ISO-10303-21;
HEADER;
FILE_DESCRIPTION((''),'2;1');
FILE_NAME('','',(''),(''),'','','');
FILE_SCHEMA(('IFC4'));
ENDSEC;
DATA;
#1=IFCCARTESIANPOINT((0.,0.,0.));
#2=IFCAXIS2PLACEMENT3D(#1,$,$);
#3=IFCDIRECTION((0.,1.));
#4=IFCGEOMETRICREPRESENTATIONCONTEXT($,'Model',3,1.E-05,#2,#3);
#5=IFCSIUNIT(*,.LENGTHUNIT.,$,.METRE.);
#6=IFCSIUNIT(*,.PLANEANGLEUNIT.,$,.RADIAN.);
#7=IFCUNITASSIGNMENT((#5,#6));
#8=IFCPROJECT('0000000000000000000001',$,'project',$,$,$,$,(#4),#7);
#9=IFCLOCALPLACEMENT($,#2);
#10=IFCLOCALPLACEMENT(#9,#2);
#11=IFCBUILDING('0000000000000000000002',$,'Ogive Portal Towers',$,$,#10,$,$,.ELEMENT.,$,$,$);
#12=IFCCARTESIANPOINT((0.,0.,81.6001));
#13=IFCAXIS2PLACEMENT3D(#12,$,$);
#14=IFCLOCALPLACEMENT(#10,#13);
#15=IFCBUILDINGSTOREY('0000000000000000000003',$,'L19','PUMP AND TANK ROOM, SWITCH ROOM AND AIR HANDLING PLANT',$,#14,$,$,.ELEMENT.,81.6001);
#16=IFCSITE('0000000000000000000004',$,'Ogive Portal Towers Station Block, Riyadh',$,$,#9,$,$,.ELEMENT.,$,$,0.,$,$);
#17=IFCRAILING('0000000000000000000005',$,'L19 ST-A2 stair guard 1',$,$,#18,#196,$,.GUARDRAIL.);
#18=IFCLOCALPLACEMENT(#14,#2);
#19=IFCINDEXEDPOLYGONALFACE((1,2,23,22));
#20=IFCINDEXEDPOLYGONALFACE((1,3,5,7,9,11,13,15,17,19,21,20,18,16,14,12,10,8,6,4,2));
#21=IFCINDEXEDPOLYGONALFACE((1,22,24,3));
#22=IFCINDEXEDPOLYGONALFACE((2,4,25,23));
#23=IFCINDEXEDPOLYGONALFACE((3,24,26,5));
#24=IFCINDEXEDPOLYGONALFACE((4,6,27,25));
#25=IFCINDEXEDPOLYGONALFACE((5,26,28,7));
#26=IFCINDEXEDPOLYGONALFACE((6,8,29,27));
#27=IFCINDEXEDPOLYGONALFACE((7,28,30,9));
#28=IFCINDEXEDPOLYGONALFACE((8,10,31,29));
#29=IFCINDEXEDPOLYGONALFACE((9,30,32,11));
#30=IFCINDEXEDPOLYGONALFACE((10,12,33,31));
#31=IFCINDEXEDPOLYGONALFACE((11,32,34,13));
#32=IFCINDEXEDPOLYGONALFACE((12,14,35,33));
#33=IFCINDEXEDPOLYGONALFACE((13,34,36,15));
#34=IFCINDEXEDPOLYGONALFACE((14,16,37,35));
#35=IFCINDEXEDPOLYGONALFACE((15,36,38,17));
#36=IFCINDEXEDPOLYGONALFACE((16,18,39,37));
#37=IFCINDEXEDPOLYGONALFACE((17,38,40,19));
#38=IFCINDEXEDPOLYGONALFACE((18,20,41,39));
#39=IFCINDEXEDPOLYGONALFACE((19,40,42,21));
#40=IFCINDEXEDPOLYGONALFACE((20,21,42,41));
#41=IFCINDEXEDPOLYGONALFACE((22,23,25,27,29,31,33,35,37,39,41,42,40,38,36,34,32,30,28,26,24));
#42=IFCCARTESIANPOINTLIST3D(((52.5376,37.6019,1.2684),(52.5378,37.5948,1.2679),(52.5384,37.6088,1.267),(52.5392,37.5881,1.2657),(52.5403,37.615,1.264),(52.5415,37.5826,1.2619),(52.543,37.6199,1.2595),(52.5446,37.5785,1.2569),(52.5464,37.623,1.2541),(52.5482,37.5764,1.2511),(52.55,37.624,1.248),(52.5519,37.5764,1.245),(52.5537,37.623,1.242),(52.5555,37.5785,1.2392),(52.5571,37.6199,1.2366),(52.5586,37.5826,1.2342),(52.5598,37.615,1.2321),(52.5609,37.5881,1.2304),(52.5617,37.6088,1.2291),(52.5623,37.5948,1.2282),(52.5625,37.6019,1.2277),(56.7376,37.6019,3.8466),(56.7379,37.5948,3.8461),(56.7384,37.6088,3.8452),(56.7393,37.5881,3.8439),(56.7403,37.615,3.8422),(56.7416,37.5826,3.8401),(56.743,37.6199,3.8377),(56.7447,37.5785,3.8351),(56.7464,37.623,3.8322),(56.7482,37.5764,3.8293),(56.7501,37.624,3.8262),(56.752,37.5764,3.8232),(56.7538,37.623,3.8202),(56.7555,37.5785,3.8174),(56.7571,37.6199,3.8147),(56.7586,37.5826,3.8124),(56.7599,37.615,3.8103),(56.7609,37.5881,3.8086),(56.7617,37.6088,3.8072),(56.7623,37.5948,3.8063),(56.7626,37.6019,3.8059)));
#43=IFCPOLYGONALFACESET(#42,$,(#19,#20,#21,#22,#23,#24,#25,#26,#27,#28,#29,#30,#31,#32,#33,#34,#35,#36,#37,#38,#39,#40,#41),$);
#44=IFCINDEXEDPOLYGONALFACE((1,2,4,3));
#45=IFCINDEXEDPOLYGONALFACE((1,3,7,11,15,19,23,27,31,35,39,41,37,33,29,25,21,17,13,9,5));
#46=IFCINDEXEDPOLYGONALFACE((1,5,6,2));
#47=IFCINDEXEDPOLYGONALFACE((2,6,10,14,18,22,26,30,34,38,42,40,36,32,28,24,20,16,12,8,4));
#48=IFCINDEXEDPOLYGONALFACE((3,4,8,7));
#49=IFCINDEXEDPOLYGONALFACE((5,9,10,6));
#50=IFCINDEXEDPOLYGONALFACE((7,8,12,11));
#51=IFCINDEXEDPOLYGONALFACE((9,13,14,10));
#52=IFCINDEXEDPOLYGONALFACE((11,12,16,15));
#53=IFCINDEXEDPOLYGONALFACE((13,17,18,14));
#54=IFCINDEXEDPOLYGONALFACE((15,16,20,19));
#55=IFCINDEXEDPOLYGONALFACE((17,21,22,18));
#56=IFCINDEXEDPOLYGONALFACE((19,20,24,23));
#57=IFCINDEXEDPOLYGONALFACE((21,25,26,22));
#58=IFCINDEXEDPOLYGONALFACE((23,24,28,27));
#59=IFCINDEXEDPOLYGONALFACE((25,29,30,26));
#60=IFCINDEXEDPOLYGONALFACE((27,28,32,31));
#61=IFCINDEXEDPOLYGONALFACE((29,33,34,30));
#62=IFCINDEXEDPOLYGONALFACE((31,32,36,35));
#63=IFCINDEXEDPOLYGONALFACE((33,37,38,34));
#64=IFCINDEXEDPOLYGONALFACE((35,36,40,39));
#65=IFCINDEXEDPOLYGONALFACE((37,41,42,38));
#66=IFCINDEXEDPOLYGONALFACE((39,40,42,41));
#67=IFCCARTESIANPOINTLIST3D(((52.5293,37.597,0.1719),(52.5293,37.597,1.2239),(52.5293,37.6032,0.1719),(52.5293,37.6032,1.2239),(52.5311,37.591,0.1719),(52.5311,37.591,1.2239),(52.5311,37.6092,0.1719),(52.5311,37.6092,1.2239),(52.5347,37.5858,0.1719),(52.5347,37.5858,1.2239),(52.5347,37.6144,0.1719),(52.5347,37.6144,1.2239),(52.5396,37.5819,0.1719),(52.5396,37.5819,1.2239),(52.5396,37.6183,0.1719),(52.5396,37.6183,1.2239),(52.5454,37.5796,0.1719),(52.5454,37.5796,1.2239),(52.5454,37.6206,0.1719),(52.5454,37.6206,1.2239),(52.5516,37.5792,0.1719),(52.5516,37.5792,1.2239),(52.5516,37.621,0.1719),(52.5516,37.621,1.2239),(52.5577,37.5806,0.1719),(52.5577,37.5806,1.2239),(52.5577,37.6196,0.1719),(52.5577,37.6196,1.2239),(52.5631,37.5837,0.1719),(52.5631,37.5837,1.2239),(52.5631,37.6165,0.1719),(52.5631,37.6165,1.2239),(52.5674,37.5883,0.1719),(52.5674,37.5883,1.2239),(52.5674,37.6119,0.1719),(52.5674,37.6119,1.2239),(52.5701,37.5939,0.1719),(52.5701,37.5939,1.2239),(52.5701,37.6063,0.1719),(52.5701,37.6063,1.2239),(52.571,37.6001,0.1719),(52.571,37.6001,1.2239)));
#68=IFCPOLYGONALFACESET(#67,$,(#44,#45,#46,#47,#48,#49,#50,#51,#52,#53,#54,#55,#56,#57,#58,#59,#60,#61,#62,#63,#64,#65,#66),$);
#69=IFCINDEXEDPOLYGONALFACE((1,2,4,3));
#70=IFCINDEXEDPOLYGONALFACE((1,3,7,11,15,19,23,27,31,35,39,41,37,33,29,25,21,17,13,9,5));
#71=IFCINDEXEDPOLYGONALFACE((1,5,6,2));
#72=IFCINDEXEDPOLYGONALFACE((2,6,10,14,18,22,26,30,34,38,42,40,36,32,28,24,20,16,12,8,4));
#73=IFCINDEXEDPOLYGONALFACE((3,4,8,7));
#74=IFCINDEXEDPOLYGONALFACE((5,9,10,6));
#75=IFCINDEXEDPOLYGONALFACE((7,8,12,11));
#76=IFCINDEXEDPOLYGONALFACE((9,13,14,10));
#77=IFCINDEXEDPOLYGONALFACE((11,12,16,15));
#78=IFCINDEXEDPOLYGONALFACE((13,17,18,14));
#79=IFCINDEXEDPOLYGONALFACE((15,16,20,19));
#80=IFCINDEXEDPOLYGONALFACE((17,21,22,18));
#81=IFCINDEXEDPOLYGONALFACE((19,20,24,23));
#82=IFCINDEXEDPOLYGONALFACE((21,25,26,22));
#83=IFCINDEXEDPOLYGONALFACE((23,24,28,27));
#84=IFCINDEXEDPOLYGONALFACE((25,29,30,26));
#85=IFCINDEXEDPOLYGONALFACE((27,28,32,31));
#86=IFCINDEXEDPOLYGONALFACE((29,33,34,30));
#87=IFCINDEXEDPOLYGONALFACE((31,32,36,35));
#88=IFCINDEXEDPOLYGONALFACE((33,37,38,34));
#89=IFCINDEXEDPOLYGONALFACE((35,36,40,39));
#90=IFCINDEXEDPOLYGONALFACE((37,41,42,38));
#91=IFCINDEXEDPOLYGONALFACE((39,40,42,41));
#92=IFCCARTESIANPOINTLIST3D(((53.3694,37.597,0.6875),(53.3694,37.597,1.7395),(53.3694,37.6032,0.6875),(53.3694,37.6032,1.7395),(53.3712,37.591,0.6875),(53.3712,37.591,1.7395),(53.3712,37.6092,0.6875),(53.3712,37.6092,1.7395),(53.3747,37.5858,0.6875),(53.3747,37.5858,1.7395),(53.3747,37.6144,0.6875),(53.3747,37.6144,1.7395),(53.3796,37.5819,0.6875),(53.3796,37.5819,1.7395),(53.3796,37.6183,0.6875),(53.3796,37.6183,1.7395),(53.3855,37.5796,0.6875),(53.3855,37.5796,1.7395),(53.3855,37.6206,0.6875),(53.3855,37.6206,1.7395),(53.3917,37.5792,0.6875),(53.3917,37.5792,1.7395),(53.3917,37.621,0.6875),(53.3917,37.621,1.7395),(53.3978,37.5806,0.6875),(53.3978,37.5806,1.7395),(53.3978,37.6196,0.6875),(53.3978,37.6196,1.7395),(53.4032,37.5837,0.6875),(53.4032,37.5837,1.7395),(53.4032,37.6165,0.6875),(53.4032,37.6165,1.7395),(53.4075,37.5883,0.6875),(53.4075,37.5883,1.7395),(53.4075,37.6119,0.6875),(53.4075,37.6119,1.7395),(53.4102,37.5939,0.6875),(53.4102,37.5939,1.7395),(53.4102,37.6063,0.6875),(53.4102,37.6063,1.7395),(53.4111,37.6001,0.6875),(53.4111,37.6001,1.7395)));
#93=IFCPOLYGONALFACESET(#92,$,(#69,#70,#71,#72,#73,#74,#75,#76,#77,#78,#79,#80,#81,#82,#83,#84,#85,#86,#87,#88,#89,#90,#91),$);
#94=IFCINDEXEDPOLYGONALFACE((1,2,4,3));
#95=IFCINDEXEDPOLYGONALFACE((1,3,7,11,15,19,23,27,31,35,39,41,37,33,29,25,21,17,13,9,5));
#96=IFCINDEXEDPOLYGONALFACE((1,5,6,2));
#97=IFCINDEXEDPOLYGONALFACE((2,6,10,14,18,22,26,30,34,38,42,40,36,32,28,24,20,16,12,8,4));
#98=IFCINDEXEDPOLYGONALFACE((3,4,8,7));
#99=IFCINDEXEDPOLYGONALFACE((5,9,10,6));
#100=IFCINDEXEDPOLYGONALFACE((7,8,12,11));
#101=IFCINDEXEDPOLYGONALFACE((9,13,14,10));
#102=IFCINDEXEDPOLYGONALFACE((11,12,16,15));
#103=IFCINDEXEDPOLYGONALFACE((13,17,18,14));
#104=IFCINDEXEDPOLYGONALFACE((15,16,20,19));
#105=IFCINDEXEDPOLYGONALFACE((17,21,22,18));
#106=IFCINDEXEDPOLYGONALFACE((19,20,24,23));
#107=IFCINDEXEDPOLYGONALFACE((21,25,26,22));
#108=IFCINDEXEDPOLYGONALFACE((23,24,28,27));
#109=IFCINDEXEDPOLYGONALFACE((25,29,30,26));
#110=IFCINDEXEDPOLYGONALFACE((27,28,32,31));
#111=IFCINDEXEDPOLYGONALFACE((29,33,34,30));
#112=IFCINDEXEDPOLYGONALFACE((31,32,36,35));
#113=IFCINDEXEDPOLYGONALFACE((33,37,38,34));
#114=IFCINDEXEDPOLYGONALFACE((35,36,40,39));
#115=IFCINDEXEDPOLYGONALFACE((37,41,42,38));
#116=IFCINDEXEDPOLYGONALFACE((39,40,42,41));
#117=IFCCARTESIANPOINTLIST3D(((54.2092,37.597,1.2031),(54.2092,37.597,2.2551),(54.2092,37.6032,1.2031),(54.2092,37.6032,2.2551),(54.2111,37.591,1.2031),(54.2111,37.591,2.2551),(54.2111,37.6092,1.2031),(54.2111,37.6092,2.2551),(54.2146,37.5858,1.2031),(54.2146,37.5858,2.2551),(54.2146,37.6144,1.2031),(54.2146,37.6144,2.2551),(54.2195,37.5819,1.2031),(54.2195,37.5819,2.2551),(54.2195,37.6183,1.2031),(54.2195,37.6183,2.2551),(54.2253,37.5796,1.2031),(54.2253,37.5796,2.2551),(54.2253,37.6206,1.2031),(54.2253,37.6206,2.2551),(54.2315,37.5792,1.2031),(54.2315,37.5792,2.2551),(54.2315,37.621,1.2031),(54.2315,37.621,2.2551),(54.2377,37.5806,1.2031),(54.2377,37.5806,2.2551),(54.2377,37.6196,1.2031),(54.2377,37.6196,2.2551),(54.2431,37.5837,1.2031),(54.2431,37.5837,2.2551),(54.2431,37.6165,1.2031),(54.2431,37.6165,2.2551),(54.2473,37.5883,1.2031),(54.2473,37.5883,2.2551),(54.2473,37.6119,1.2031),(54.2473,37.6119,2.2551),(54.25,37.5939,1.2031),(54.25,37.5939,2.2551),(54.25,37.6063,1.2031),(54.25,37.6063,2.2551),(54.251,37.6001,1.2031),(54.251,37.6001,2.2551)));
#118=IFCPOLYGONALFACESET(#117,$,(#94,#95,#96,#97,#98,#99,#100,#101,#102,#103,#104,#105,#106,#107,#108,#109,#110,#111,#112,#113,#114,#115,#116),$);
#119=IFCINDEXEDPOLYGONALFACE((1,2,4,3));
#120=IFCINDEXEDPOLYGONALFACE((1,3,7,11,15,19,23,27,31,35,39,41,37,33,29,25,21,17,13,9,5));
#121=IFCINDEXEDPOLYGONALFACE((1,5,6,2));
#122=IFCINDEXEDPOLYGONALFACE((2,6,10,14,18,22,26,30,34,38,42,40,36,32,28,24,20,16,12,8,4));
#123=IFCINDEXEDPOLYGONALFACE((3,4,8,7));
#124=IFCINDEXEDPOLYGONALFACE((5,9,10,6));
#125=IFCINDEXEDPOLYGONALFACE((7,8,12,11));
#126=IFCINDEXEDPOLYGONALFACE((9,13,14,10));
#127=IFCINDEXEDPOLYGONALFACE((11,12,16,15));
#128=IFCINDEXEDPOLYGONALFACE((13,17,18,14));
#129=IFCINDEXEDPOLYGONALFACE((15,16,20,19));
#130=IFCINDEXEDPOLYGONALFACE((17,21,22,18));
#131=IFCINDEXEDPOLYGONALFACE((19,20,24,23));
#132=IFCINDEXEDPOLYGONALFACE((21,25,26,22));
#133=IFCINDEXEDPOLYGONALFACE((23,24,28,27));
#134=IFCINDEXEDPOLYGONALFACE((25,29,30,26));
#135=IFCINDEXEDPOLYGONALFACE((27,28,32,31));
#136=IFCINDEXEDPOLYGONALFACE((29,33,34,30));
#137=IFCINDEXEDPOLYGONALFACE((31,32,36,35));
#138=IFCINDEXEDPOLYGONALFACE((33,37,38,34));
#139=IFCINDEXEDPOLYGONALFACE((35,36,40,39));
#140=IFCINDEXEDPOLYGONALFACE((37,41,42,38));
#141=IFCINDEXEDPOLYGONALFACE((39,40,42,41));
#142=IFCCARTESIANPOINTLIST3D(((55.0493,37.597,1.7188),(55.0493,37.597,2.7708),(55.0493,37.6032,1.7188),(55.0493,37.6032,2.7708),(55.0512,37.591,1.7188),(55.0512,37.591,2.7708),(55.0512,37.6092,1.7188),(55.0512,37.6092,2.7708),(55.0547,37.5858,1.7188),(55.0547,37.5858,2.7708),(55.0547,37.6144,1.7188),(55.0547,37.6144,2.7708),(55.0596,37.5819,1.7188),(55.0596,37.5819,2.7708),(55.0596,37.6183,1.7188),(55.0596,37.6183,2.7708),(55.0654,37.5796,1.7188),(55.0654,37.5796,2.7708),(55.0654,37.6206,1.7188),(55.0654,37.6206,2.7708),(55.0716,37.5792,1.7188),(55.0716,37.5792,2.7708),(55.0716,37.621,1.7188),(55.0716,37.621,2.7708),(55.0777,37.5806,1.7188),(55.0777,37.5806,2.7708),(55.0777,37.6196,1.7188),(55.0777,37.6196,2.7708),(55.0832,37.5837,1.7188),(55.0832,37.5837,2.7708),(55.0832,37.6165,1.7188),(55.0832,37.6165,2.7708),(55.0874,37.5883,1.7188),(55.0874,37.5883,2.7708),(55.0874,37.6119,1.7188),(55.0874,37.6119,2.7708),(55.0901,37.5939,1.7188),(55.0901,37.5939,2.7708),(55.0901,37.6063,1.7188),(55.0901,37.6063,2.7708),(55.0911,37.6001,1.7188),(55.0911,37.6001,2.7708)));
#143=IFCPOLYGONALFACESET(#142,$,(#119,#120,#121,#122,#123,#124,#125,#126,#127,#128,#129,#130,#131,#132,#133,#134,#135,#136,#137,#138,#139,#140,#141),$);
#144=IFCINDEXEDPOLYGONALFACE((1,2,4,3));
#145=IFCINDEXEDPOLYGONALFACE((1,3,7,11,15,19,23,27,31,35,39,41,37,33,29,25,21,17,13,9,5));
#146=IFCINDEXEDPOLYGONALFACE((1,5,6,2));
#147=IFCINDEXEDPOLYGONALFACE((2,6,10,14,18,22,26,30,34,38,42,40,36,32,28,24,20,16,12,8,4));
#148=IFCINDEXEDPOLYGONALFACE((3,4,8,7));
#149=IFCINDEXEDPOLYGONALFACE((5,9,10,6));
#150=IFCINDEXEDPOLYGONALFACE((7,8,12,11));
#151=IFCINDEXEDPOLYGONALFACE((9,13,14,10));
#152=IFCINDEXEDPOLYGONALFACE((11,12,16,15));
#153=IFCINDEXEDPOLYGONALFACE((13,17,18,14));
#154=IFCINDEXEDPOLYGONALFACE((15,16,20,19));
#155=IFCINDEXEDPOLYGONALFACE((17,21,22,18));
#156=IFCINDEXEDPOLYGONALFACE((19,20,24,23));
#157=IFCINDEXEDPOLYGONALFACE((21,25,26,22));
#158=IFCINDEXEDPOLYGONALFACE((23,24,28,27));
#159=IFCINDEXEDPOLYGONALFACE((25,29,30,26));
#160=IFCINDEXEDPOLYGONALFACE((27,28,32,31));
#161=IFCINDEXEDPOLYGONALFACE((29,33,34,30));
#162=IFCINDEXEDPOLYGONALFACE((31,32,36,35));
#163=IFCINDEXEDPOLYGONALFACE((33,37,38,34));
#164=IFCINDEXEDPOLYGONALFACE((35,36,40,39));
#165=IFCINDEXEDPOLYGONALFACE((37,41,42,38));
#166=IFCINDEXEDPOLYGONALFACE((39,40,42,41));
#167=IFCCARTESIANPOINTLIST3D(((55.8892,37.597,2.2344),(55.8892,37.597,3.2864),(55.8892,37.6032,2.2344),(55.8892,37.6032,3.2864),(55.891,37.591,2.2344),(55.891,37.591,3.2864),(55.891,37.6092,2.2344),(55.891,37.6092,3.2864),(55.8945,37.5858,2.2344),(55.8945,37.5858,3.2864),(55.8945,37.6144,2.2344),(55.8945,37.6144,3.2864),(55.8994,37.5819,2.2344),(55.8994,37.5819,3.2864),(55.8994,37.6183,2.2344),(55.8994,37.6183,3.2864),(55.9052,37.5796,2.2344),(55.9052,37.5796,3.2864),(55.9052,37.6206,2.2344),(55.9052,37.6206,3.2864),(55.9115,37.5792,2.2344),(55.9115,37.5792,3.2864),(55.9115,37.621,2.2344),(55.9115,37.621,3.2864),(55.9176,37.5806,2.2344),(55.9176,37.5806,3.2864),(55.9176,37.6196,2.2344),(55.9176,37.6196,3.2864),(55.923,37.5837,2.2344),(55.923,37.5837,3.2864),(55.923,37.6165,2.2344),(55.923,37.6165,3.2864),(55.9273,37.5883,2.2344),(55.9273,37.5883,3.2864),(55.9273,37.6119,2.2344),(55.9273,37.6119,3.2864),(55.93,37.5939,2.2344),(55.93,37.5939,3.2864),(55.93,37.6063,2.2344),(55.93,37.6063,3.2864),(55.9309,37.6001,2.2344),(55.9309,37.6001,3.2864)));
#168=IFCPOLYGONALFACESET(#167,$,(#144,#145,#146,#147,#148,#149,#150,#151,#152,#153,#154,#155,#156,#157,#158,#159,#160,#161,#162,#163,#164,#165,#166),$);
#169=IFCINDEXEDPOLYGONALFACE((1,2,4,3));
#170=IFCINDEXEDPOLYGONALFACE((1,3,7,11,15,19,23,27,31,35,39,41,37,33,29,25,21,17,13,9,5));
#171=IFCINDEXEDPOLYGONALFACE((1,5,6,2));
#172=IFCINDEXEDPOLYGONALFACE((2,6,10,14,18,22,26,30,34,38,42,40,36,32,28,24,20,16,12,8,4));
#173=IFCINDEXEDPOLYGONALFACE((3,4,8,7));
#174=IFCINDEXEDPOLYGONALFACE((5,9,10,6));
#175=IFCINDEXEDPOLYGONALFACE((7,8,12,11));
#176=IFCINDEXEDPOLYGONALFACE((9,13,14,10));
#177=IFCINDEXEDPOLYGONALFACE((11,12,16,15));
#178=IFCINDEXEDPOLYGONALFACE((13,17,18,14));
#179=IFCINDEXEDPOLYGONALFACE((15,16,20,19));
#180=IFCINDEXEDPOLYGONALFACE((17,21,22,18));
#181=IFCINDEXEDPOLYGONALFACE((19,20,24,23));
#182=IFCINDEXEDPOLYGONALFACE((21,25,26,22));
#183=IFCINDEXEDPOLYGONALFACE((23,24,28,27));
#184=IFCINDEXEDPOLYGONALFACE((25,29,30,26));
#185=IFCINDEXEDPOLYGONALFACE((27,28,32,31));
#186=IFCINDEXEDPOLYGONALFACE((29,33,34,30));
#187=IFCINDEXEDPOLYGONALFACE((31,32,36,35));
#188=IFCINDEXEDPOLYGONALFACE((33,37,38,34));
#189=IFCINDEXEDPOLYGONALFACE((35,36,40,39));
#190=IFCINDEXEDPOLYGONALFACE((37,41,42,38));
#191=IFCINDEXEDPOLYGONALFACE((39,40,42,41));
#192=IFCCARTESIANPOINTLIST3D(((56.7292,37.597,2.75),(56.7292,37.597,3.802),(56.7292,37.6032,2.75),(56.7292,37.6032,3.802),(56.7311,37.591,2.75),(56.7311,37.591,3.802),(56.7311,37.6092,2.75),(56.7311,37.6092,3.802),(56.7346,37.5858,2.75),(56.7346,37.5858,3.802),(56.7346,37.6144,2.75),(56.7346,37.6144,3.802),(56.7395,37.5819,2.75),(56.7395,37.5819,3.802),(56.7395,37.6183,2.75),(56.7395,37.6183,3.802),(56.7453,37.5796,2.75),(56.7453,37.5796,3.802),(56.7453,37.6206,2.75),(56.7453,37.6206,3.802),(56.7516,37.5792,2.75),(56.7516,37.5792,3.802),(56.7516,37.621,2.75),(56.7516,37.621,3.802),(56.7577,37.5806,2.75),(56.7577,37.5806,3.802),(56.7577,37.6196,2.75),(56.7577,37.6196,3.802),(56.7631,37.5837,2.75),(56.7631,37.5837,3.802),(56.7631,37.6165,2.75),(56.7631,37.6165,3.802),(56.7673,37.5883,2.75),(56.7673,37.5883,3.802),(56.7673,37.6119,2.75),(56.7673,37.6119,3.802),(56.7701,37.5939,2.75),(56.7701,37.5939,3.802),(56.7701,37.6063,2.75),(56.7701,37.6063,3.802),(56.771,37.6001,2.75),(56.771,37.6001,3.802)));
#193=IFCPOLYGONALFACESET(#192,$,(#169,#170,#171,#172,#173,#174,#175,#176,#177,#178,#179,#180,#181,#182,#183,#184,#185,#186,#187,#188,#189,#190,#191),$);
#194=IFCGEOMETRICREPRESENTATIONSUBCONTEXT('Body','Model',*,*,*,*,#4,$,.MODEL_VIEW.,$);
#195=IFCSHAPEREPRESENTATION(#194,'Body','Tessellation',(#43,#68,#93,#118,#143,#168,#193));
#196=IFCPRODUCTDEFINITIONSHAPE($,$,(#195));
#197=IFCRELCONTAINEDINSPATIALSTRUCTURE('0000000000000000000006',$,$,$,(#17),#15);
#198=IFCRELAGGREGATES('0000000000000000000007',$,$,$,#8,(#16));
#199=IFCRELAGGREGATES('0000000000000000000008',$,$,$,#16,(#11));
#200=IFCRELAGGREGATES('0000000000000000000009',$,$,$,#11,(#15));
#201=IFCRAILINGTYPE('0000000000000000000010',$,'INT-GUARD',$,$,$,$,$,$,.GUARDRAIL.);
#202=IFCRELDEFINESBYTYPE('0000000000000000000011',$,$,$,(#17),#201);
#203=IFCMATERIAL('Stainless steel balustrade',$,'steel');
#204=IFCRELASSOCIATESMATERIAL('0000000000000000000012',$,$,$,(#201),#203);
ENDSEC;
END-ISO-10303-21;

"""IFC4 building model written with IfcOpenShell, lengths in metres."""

from ifc_helpers import new_model, si_unit, direction, frame, origin, origin_2d, place, context, subcontext, project, spatial, circle, extrude, material, type_object, element, save


model = new_model("IFC4")

# Units and contexts
model_context = context("Model", 3, precision=1e-05, world=origin(), true_north=direction((0.0, 1.0)))
body_context = subcontext(model_context, "Body", "Model", "MODEL_VIEW")
ifc_project = project(units=[si_unit("LENGTHUNIT", "METRE"), si_unit("PLANEANGLEUNIT", "RADIAN")], contexts=[model_context])

# Site, building, storey
site_placement = place(None, origin())
site = spatial("IfcSite", under=ifc_project, at=site_placement, Name="Ogive Portal Towers Station Block, Riyadh", CompositionType="ELEMENT", RefElevation=0.0)
building_placement = place(site_placement, origin())
building = spatial("IfcBuilding", under=site, at=building_placement, Name="Ogive Portal Towers", CompositionType="ELEMENT")
storey_placement = place(building_placement, frame((0.0, 0.0, 81.6001)))
storey = spatial("IfcBuildingStorey", under=building, at=storey_placement, Name="L19", Description="PUMP AND TANK ROOM, SWITCH ROOM AND AIR HANDLING PLANT", CompositionType="ELEMENT", Elevation=81.6001)

# Railing
ifc_material_1 = material(Name="Stainless steel balustrade", Category="steel")
railing_type_1 = type_object("IfcRailingType", Name="INT-GUARD", PredefinedType="GUARDRAIL", material=ifc_material_1)
railing_1_placement = place(storey_placement, frame((52.55, 37.6001, 0.1719)))
element("IfcRailing", 1, at=railing_1_placement, inside=storey, type_object=railing_type_1, Name="L19 ST-A2 stair guard 1", PredefinedType="GUARDRAIL", context=body_context, shape_type="SweptSolid", body=[
    extrude(circle(Radius=0.0239, at=origin_2d()), frame((0.0, 0.0, 1.0762), z_axis=(0.852243, 0.0, 0.523146), x_axis=(0.0, 1.0, 0.0)), (0.0, 0.0, 1.0), 4.9282),
    extrude(circle(Radius=0.021, at=origin_2d()), origin(), (0.0, 0.0, 1.0), 1.052),
    extrude(circle(Radius=0.021, at=origin_2d()), frame((0.8401, 0.0, 0.5156)), (0.0, 0.0, 1.0), 1.052),
    extrude(circle(Radius=0.021, at=origin_2d()), frame((1.6799, 0.0, 1.0312)), (0.0, 0.0, 1.0), 1.052),
    extrude(circle(Radius=0.021, at=origin_2d()), frame((2.52, 0.0, 1.5469)), (0.0, 0.0, 1.0), 1.052),
    extrude(circle(Radius=0.021, at=origin_2d()), frame((3.3599, 0.0, 2.0625)), (0.0, 0.0, 1.0), 1.052),
    extrude(circle(Radius=0.021, at=origin_2d()), frame((4.2, 0.0, 2.5781)), (0.0, 0.0, 1.0), 1.052),
])

save(model, "model.ifc")
